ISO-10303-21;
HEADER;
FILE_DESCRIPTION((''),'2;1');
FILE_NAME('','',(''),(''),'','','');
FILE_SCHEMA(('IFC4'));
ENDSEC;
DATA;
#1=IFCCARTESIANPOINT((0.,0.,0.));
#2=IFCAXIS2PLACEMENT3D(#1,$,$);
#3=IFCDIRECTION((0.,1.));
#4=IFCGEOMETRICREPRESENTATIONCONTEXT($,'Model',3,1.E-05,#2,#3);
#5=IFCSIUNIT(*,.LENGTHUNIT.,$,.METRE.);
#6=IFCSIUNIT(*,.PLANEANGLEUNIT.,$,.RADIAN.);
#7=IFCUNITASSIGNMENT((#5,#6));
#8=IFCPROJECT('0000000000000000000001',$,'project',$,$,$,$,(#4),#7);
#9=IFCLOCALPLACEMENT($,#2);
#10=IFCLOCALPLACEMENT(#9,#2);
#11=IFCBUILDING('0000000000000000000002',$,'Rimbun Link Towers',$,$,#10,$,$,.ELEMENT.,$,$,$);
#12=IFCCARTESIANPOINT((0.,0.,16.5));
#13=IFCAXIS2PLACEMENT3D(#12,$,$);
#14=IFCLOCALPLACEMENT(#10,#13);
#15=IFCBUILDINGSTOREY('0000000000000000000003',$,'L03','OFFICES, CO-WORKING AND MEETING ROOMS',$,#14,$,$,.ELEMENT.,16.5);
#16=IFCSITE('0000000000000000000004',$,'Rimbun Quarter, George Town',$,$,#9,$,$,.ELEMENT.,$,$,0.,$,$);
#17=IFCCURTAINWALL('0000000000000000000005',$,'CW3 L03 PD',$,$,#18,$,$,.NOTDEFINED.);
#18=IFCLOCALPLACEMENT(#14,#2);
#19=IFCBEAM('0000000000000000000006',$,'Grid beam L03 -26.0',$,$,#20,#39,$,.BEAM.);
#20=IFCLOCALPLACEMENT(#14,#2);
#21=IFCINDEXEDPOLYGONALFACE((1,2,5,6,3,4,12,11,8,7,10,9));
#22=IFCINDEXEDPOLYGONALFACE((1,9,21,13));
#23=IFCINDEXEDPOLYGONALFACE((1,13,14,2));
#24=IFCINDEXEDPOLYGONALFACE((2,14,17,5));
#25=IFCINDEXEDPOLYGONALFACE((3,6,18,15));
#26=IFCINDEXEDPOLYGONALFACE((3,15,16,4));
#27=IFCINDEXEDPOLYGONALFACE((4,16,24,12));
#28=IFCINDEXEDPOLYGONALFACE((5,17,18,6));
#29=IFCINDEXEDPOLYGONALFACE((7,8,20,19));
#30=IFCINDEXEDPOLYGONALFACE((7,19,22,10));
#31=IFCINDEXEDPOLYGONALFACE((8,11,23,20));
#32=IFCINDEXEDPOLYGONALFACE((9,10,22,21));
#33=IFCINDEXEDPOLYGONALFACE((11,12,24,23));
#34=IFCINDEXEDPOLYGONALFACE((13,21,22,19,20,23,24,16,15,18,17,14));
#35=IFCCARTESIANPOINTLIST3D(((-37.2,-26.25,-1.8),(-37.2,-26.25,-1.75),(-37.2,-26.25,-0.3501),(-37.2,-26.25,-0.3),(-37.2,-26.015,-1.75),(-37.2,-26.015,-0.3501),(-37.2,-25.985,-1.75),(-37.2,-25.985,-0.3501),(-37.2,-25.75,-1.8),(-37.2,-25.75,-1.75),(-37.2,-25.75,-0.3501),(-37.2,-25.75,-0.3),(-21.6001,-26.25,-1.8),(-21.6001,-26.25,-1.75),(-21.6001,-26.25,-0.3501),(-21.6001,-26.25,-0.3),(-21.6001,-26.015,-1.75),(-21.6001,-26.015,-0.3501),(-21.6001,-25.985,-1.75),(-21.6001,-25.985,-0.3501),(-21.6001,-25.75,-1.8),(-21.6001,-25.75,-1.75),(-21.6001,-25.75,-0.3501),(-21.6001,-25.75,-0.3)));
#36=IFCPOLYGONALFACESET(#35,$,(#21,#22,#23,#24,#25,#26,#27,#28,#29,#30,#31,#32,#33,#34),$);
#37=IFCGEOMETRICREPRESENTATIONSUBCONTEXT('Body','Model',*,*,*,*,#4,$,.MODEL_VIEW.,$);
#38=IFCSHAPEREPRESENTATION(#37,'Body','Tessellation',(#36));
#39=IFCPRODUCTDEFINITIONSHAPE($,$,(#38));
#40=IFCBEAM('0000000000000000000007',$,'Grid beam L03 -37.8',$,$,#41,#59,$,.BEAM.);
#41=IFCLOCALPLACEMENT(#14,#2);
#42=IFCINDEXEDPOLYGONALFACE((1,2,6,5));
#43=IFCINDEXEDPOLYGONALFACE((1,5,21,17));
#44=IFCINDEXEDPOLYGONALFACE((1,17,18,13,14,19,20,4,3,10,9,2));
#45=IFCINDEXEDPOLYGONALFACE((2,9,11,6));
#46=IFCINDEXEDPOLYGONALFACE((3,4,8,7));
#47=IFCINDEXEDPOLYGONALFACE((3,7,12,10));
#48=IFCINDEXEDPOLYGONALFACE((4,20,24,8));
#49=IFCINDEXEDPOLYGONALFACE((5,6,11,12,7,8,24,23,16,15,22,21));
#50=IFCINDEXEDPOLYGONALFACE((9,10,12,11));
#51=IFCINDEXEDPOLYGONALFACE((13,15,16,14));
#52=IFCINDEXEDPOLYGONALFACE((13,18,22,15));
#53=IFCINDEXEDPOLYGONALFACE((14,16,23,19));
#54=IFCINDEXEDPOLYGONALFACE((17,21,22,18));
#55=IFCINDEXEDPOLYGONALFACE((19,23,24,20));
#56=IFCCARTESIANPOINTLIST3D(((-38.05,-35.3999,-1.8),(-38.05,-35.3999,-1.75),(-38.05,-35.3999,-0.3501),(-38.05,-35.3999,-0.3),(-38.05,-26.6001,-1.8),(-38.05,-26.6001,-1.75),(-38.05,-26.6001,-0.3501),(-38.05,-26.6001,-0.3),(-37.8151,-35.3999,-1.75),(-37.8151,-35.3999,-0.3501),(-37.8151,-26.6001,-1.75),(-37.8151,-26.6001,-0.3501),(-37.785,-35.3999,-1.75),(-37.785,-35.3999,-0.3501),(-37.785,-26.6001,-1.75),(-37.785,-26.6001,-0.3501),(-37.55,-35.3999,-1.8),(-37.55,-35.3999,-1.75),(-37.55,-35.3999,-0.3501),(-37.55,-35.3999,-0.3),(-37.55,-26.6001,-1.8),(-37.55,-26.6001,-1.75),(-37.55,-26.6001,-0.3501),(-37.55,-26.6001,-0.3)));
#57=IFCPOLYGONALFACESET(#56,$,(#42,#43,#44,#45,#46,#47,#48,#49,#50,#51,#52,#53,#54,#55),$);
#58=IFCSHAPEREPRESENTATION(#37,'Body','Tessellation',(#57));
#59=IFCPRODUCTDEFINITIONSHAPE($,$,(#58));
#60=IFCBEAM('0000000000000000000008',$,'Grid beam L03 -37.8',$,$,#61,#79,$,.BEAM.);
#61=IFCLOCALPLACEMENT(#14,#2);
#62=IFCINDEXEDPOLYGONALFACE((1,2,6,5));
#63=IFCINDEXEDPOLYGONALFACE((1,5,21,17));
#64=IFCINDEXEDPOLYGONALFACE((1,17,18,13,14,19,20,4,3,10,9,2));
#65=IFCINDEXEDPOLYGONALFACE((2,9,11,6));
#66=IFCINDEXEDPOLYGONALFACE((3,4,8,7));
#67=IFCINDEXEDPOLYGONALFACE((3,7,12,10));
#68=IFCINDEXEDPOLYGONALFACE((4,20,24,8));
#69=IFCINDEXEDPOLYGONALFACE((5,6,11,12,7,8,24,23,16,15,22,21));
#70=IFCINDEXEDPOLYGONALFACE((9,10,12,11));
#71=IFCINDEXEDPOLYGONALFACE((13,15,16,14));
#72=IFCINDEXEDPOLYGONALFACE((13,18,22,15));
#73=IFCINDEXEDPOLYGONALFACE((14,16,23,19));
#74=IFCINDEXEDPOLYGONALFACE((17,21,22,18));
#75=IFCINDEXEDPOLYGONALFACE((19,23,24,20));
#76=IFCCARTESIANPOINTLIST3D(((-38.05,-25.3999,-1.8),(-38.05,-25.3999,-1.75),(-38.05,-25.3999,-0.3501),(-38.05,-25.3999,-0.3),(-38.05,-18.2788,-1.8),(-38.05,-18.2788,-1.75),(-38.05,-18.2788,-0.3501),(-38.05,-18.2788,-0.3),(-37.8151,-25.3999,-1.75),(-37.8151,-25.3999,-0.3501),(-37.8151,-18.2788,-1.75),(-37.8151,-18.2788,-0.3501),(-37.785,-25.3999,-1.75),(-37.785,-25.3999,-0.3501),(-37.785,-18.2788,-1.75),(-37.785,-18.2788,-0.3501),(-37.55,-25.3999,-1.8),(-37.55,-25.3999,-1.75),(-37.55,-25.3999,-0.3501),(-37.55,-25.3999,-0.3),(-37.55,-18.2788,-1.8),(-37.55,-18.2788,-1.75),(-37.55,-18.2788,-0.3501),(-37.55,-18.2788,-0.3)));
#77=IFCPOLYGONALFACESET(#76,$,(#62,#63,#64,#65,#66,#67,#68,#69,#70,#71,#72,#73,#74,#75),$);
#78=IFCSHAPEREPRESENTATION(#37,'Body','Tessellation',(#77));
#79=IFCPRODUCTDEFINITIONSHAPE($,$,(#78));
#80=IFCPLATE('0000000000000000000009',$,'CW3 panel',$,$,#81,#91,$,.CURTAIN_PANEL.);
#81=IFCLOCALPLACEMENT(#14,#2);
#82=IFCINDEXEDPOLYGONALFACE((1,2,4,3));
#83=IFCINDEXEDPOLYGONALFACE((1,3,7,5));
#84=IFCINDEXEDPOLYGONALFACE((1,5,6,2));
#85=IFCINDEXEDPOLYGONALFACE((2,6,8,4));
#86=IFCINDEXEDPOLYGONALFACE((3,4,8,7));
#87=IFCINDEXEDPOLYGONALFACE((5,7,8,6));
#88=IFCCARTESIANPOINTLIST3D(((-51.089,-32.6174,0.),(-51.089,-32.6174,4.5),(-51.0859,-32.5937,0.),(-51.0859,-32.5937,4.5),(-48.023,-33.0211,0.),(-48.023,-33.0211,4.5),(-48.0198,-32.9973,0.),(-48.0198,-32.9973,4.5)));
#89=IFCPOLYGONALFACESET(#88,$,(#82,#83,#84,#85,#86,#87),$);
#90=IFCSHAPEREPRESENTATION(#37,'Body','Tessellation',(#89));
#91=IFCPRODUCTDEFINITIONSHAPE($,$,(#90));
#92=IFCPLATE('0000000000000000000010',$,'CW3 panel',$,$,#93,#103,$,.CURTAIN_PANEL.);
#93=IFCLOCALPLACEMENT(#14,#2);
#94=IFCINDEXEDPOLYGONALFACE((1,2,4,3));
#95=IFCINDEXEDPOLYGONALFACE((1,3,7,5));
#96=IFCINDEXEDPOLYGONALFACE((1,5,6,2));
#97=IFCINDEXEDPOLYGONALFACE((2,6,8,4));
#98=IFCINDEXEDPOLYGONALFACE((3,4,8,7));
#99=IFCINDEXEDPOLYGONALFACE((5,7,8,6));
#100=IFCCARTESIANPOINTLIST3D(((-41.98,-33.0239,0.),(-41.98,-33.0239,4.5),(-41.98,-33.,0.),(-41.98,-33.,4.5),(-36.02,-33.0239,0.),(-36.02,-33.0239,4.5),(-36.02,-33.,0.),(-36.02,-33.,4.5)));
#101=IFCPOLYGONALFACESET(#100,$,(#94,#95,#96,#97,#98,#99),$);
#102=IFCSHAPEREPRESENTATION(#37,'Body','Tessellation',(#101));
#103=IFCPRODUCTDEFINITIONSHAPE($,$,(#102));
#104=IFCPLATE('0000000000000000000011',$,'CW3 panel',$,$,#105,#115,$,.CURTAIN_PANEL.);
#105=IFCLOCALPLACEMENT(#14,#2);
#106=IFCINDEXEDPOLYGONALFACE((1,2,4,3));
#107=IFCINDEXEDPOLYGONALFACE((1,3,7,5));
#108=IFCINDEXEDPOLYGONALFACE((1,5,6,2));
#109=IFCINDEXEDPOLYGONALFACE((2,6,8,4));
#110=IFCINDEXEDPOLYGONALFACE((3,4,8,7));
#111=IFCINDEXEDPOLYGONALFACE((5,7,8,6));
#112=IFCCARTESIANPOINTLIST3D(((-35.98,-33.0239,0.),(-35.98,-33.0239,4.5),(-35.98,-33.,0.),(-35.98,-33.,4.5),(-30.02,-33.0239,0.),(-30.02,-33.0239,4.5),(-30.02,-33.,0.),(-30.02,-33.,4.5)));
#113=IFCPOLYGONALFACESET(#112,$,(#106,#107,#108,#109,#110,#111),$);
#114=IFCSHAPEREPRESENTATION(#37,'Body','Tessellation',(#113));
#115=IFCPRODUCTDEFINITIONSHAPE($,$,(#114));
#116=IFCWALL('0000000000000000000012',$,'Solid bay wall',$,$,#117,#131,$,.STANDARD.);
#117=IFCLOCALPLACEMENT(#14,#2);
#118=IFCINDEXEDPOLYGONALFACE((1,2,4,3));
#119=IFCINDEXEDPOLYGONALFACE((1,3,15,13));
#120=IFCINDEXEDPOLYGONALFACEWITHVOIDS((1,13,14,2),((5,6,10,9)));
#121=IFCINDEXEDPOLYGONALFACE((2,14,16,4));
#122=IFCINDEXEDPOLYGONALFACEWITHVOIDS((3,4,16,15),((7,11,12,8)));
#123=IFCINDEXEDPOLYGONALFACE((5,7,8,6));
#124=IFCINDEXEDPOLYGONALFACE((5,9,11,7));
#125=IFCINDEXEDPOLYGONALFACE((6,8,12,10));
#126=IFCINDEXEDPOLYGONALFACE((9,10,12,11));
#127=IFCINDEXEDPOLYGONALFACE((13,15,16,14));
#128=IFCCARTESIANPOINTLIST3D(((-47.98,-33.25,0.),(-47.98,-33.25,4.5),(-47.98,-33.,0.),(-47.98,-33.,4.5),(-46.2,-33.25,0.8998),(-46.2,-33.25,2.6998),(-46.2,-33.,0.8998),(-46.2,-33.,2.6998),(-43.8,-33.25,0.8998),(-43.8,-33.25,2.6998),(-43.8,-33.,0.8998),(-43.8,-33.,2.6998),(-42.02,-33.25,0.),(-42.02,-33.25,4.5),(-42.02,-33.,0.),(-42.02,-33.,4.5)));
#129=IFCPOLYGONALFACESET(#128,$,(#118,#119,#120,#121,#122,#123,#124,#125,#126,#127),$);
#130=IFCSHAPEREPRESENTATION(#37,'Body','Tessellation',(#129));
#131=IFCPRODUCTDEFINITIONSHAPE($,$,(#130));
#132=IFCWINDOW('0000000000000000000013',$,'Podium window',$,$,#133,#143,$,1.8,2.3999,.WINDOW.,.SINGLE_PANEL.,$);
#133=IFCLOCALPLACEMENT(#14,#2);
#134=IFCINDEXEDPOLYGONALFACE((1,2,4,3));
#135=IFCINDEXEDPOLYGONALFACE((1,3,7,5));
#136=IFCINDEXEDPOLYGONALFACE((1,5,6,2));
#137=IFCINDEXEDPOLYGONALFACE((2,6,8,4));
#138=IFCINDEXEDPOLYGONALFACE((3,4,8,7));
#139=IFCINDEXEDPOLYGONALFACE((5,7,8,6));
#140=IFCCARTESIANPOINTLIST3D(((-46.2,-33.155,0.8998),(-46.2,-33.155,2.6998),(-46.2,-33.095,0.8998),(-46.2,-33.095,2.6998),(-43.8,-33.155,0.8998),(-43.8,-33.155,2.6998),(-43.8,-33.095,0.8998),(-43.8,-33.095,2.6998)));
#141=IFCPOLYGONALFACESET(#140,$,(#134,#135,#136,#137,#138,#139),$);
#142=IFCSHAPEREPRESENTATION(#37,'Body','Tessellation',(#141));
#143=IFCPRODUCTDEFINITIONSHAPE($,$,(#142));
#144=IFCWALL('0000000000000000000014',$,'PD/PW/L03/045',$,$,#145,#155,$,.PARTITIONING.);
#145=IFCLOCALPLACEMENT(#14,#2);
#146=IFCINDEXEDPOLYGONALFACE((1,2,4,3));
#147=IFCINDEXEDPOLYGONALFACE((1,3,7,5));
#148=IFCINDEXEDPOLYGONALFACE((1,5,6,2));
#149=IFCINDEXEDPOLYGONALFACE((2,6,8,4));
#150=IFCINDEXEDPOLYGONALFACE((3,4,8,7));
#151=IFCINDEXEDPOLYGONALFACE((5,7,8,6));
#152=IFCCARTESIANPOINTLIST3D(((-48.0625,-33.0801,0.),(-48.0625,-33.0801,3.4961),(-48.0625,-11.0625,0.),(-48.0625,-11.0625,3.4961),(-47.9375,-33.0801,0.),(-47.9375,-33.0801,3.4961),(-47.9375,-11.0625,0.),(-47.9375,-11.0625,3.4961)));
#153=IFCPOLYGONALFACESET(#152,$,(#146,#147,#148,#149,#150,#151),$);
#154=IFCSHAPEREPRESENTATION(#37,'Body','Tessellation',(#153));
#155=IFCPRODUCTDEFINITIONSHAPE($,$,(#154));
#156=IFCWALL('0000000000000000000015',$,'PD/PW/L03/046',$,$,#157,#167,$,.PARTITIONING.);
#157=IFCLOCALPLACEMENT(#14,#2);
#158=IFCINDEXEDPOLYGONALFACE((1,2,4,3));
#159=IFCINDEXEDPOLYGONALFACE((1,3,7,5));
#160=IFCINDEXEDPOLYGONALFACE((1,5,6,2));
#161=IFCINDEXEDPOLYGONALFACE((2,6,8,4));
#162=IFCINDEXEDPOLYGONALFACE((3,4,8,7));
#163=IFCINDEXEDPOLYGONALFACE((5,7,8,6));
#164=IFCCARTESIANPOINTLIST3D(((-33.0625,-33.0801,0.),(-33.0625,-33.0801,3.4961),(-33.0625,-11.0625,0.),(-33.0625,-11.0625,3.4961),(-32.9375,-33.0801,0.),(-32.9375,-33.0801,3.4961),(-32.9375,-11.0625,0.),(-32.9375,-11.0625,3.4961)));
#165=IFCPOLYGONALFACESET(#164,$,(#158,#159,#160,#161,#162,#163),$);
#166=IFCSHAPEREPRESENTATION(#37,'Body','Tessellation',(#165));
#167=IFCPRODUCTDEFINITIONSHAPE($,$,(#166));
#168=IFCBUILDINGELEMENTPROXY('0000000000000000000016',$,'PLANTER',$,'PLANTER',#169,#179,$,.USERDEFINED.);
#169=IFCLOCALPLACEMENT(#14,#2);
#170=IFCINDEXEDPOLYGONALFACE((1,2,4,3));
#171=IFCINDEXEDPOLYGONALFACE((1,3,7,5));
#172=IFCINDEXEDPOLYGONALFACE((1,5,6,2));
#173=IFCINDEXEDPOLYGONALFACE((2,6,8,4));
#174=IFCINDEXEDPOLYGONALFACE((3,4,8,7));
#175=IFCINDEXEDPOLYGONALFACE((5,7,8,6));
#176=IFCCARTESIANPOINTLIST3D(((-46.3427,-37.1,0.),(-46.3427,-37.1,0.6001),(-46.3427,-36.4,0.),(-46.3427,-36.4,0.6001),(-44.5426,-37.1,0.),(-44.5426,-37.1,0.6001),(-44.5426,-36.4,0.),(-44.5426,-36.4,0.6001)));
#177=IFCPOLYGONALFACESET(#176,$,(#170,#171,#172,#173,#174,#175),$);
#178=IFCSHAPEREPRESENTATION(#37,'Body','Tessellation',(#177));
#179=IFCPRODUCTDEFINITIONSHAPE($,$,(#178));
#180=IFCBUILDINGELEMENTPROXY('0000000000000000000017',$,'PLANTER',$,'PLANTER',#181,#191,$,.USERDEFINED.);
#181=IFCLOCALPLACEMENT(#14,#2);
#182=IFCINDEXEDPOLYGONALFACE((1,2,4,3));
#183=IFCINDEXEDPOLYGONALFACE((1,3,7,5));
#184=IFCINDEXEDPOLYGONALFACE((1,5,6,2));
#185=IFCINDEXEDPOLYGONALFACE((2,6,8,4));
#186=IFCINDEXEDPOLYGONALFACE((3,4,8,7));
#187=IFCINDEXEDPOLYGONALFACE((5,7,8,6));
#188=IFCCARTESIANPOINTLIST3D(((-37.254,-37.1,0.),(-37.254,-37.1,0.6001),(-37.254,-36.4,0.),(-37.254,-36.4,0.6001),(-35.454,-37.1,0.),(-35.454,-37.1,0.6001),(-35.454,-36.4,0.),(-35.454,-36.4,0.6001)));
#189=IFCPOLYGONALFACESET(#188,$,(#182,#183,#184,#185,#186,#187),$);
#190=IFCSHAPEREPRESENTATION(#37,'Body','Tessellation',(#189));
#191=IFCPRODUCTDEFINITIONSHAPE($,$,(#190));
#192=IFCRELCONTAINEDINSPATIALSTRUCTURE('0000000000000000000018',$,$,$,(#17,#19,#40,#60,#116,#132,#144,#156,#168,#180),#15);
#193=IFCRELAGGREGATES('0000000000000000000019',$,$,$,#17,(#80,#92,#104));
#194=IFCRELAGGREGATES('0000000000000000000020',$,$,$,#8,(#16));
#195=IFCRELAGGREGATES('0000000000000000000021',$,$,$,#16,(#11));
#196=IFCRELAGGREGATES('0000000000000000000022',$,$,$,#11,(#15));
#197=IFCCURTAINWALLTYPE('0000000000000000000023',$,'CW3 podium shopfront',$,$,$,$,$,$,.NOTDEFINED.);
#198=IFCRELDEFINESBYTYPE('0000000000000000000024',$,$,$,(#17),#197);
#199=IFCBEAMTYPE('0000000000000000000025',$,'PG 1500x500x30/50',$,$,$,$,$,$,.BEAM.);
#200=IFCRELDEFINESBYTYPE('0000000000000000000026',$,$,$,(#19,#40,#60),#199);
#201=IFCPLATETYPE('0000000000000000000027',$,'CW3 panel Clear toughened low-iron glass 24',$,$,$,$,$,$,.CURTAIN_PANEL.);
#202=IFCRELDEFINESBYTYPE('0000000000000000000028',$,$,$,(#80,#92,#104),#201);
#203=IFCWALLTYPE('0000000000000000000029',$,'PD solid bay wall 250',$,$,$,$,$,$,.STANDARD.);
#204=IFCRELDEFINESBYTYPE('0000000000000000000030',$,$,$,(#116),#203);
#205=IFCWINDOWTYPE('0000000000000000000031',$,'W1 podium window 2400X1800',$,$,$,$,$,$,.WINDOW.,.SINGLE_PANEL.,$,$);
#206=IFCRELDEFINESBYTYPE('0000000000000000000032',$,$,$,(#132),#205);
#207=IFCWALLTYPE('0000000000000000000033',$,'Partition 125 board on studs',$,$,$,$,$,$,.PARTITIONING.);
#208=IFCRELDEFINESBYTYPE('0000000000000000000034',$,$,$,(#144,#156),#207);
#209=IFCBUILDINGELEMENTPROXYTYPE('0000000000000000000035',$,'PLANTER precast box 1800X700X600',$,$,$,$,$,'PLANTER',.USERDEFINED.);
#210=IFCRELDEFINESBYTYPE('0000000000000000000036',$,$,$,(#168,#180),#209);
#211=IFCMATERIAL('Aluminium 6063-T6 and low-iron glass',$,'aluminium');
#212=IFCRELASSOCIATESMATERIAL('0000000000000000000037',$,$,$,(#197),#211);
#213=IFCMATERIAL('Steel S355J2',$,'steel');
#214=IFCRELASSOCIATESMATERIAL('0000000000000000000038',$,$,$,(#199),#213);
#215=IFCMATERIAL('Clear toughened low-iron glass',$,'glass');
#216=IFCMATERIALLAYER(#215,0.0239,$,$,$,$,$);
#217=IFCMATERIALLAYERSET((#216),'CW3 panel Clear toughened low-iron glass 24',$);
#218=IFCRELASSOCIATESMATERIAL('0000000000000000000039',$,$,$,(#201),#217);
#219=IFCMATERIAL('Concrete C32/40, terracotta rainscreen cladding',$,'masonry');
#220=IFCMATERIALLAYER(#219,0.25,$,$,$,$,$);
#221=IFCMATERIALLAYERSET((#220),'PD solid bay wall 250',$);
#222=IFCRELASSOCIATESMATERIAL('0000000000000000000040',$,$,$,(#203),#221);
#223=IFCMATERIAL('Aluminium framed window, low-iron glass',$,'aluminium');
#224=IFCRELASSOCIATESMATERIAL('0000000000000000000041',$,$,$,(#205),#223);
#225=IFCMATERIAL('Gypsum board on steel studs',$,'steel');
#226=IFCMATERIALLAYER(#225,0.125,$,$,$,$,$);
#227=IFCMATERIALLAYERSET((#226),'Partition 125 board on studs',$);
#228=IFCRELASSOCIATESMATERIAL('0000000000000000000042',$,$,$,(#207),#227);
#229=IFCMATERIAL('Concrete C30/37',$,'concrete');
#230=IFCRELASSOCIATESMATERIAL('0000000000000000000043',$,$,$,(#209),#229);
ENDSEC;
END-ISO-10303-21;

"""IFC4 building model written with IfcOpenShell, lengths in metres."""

from ifc_helpers import new_model, si_unit, direction, frame, frame_2d, origin, origin_2d, place, context, subcontext, project, spatial, rectangle, i_section, extrude, material, layer, layer_set, material_profile, profile_set, type_object, element, fill, aggregate, save


model = new_model("IFC4")

# Units and contexts
model_context = context("Model", 3, precision=1e-05, world=origin(), true_north=direction((0.0, 1.0)))
body_context = subcontext(model_context, "Body", "Model", "MODEL_VIEW")
ifc_project = project(units=[si_unit("LENGTHUNIT", "METRE"), si_unit("PLANEANGLEUNIT", "RADIAN")], contexts=[model_context])

# Site, building, storey
site_placement = place(None, origin())
site = spatial("IfcSite", under=ifc_project, at=site_placement, Name="Rimbun Quarter, George Town", CompositionType="ELEMENT", RefElevation=0.0)
building_placement = place(site_placement, origin())
building = spatial("IfcBuilding", under=site, at=building_placement, Name="Rimbun Link Towers", CompositionType="ELEMENT")
storey_placement = place(building_placement, frame((0.0, 0.0, 16.5)))
storey = spatial("IfcBuildingStorey", under=building, at=storey_placement, Name="L03", Description="OFFICES, CO-WORKING AND MEETING ROOMS", CompositionType="ELEMENT", Elevation=16.5)

# Curtain wall
ifc_material_1 = material(Name="Aluminium 6063-T6 and low-iron glass", Category="aluminium")
curtain_wall_type = type_object("IfcCurtainWallType", Name="CW3 podium shopfront", PredefinedType="NOTDEFINED", material=ifc_material_1)
curtain_wall_placement = place(storey_placement, origin())
curtain_wall = element("IfcCurtainWall", 1, at=curtain_wall_placement, inside=storey, type_object=curtain_wall_type, Name="CW3 L03 PD", PredefinedType="NOTDEFINED")

# Beams
ifc_material_2 = material(Name="Steel S355J2", Category="steel")
ifc_material_profile_1 = material_profile(ifc_material_2, i_section(OverallWidth=0.5, OverallDepth=1.5, WebThickness=0.03, FlangeThickness=0.05, at=origin_2d()), Name="PG 1500x500x30/50")
ifc_profile_set_1 = profile_set([ifc_material_profile_1], Name="Steel S355J2")
beam_type = type_object("IfcBeamType", Name="PG 1500x500x30/50", PredefinedType="BEAM", material=ifc_profile_set_1)
for number, where, z_axis, x_axis, name in (
    (2, (-37.2, -26.0, -1.05), (1.0, 0.0, 0.0), (0.0, 1.0, 0.0), "Grid beam L03 -26.0"),
):
    element("IfcBeam", number, at=place(storey_placement, frame(where, z_axis=z_axis, x_axis=x_axis)), inside=storey, type_object=beam_type, Name=name, PredefinedType="BEAM", context=body_context, shape_type="SweptSolid", body=[
        extrude(i_section(OverallWidth=0.5, OverallDepth=1.5, WebThickness=0.03, FlangeThickness=0.05, at=origin_2d()), origin(), (0.0, 0.0, 1.0), 15.5999),
    ])
beam_1_placement = place(storey_placement, frame((-37.8, -35.3999, -1.05), z_axis=(0.0, 1.0, 0.0), x_axis=(-1.0, 0.0, 0.0)))
element("IfcBeam", 3, at=beam_1_placement, inside=storey, type_object=beam_type, Name="Grid beam L03 -37.8", PredefinedType="BEAM", context=body_context, shape_type="SweptSolid", body=[
    extrude(i_section(OverallWidth=0.5, OverallDepth=1.5, WebThickness=0.03, FlangeThickness=0.05, at=origin_2d()), origin(), (0.0, 0.0, 1.0), 8.7998),
])
beam_2_placement = place(storey_placement, frame((-37.8, -25.3999, -1.05), z_axis=(0.0, 1.0, 0.0), x_axis=(-1.0, 0.0, 0.0)))
element("IfcBeam", 4, at=beam_2_placement, inside=storey, type_object=beam_type, Name="Grid beam L03 -37.8", PredefinedType="BEAM", context=body_context, shape_type="SweptSolid", body=[
    extrude(i_section(OverallWidth=0.5, OverallDepth=1.5, WebThickness=0.03, FlangeThickness=0.05, at=origin_2d()), origin(), (0.0, 0.0, 1.0), 7.1211),
])

# Plates
ifc_material_3 = material(Name="Clear toughened low-iron glass", Category="glass")
ifc_layer_1 = layer(ifc_material_3, 0.0239)
ifc_layer_set_1 = layer_set([ifc_layer_1], Name="CW3 panel Clear toughened low-iron glass 24")
plate_type = type_object("IfcPlateType", Name="CW3 panel Clear toughened low-iron glass 24", PredefinedType="CURTAIN_PANEL", material=ifc_layer_set_1)
plate_1_placement = place(storey_placement, frame((-49.5544, -32.8074, 0.0), z_axis=(0.0, 0.0, 1.0), x_axis=(-0.991444, 0.13053, 0.0)))
plate_1 = element("IfcPlate", 5, at=plate_1_placement, type_object=plate_type, Name="CW3 panel", PredefinedType="CURTAIN_PANEL", context=body_context, shape_type="SweptSolid", body=[
    extrude(rectangle(XDim=3.0925, YDim=0.0239, at=origin_2d()), origin(), (0.0, 0.0, 1.0), 4.5),
])
plate_2_placement = place(storey_placement, frame((-39.0, -33.012, 0.0), z_axis=(0.0, 0.0, 1.0), x_axis=(-1.0, 0.0, 0.0)))
plate_2 = element("IfcPlate", 6, at=plate_2_placement, type_object=plate_type, Name="CW3 panel", PredefinedType="CURTAIN_PANEL", context=body_context, shape_type="SweptSolid", body=[
    extrude(rectangle(XDim=5.96, YDim=0.0239, at=origin_2d()), origin(), (0.0, 0.0, 1.0), 4.5),
])
plate_3_placement = place(storey_placement, frame((-33.0, -33.012, 0.0), z_axis=(0.0, 0.0, 1.0), x_axis=(-1.0, 0.0, 0.0)))
plate_3 = element("IfcPlate", 7, at=plate_3_placement, type_object=plate_type, Name="CW3 panel", PredefinedType="CURTAIN_PANEL", context=body_context, shape_type="SweptSolid", body=[
    extrude(rectangle(XDim=5.96, YDim=0.0239, at=origin_2d()), origin(), (0.0, 0.0, 1.0), 4.5),
])
aggregate(curtain_wall, [plate_1, plate_2, plate_3])

# Wall, opening, window
ifc_material_4 = material(Name="Concrete C32/40, terracotta rainscreen cladding", Category="masonry")
ifc_layer_2 = layer(ifc_material_4, 0.25)
ifc_layer_set_2 = layer_set([ifc_layer_2], Name="PD solid bay wall 250")
wall_type_1 = type_object("IfcWallType", Name="PD solid bay wall 250", PredefinedType="STANDARD", material=ifc_layer_set_2)
wall_placement = place(storey_placement, frame((-42.02, -33.125, 0.0), z_axis=(0.0, 0.0, 1.0), x_axis=(-1.0, 0.0, 0.0)))
wall = element("IfcWall", 8, at=wall_placement, inside=storey, type_object=wall_type_1, Name="Solid bay wall", PredefinedType="STANDARD", context=body_context, shape_type="SweptSolid", body=[
    extrude(rectangle(XDim=5.96, YDim=0.25, at=frame_2d((2.98, 0.0))), origin(), (0.0, 0.0, 1.0), 4.5),
])
opening_placement = place(wall_placement, frame((1.78, 0.0, 0.8999)))
opening = element("IfcOpeningElement", 9, at=opening_placement, cuts=wall, PredefinedType="OPENING", context=body_context, shape_type="SweptSolid", body=[
    extrude(rectangle(XDim=2.3999, YDim=1.8, at=frame_2d((1.2, 0.8999))), frame((0.0, 0.135, 0.0), z_axis=(0.0, -1.0, 0.0), x_axis=(1.0, 0.0, 0.0)), (0.0, 0.0, 1.0), 0.27),
])
ifc_material_5 = material(Name="Aluminium framed window, low-iron glass", Category="aluminium")
window_type = type_object("IfcWindowType", Name="W1 podium window 2400X1800", PartitioningType="SINGLE_PANEL", PredefinedType="WINDOW", material=ifc_material_5)
window_placement = place(opening_placement, origin())
window = element("IfcWindow", 10, at=window_placement, inside=storey, type_object=window_type, Name="Podium window", OverallHeight=1.8, OverallWidth=2.3999, PartitioningType="SINGLE_PANEL", PredefinedType="WINDOW", context=body_context, shape_type="SweptSolid", body=[
    extrude(rectangle(XDim=2.3999, YDim=1.8, at=frame_2d((1.2, 0.8999))), frame((0.0, 0.03, 0.0), z_axis=(0.0, -1.0, 0.0), x_axis=(1.0, 0.0, 0.0)), (0.0, 0.0, 1.0), 0.0601),
])
fill(opening, window)

# Walls
ifc_material_6 = material(Name="Gypsum board on steel studs", Category="steel")
ifc_layer_3 = layer(ifc_material_6, 0.125)
ifc_layer_set_3 = layer_set([ifc_layer_3], Name="Partition 125 board on studs")
wall_type_2 = type_object("IfcWallType", Name="Partition 125 board on studs", PredefinedType="PARTITIONING", material=ifc_layer_set_3)
for number, where, z_axis, x_axis, name in (
    (11, (-48.0, -33.0801, 0.0), (0.0, 0.0, 1.0), (0.0, 1.0, 0.0), "PD/PW/L03/045"),
    (12, (-33.0, -33.0801, 0.0), (0.0, 0.0, 1.0), (0.0, 1.0, 0.0), "PD/PW/L03/046"),
):
    element("IfcWall", number, at=place(storey_placement, frame(where, z_axis=z_axis, x_axis=x_axis)), inside=storey, type_object=wall_type_2, Name=name, PredefinedType="PARTITIONING", context=body_context, shape_type="SweptSolid", body=[
        extrude(rectangle(XDim=22.0176, YDim=0.125, at=frame_2d((11.0088, 0.0))), origin(), (0.0, 0.0, 1.0), 3.4961),
    ])

# Building element proxies
ifc_material_7 = material(Name="Concrete C30/37", Category="concrete")
building_element_proxy_type = type_object("IfcBuildingElementProxyType", Name="PLANTER precast box 1800X700X600", ElementType="PLANTER", PredefinedType="USERDEFINED", material=ifc_material_7)
for number, where, z_axis, x_axis, name in (
    (13, (-45.4426, -36.75, 0.0), (0.0, 0.0, 1.0), (1.0, 0.0, 0.0), "PLANTER"),
    (14, (-36.354, -36.75, 0.0), (0.0, 0.0, 1.0), (1.0, 0.0, 0.0), "PLANTER"),
):
    element("IfcBuildingElementProxy", number, at=place(storey_placement, frame(where, z_axis=z_axis, x_axis=x_axis)), inside=storey, type_object=building_element_proxy_type, Name=name, ObjectType="PLANTER", PredefinedType="USERDEFINED", context=body_context, shape_type="SweptSolid", body=[
        extrude(rectangle(XDim=1.8, YDim=0.7, at=origin_2d()), origin(), (0.0, 0.0, 1.0), 0.6001),
    ])

save(model, "model.ifc")
